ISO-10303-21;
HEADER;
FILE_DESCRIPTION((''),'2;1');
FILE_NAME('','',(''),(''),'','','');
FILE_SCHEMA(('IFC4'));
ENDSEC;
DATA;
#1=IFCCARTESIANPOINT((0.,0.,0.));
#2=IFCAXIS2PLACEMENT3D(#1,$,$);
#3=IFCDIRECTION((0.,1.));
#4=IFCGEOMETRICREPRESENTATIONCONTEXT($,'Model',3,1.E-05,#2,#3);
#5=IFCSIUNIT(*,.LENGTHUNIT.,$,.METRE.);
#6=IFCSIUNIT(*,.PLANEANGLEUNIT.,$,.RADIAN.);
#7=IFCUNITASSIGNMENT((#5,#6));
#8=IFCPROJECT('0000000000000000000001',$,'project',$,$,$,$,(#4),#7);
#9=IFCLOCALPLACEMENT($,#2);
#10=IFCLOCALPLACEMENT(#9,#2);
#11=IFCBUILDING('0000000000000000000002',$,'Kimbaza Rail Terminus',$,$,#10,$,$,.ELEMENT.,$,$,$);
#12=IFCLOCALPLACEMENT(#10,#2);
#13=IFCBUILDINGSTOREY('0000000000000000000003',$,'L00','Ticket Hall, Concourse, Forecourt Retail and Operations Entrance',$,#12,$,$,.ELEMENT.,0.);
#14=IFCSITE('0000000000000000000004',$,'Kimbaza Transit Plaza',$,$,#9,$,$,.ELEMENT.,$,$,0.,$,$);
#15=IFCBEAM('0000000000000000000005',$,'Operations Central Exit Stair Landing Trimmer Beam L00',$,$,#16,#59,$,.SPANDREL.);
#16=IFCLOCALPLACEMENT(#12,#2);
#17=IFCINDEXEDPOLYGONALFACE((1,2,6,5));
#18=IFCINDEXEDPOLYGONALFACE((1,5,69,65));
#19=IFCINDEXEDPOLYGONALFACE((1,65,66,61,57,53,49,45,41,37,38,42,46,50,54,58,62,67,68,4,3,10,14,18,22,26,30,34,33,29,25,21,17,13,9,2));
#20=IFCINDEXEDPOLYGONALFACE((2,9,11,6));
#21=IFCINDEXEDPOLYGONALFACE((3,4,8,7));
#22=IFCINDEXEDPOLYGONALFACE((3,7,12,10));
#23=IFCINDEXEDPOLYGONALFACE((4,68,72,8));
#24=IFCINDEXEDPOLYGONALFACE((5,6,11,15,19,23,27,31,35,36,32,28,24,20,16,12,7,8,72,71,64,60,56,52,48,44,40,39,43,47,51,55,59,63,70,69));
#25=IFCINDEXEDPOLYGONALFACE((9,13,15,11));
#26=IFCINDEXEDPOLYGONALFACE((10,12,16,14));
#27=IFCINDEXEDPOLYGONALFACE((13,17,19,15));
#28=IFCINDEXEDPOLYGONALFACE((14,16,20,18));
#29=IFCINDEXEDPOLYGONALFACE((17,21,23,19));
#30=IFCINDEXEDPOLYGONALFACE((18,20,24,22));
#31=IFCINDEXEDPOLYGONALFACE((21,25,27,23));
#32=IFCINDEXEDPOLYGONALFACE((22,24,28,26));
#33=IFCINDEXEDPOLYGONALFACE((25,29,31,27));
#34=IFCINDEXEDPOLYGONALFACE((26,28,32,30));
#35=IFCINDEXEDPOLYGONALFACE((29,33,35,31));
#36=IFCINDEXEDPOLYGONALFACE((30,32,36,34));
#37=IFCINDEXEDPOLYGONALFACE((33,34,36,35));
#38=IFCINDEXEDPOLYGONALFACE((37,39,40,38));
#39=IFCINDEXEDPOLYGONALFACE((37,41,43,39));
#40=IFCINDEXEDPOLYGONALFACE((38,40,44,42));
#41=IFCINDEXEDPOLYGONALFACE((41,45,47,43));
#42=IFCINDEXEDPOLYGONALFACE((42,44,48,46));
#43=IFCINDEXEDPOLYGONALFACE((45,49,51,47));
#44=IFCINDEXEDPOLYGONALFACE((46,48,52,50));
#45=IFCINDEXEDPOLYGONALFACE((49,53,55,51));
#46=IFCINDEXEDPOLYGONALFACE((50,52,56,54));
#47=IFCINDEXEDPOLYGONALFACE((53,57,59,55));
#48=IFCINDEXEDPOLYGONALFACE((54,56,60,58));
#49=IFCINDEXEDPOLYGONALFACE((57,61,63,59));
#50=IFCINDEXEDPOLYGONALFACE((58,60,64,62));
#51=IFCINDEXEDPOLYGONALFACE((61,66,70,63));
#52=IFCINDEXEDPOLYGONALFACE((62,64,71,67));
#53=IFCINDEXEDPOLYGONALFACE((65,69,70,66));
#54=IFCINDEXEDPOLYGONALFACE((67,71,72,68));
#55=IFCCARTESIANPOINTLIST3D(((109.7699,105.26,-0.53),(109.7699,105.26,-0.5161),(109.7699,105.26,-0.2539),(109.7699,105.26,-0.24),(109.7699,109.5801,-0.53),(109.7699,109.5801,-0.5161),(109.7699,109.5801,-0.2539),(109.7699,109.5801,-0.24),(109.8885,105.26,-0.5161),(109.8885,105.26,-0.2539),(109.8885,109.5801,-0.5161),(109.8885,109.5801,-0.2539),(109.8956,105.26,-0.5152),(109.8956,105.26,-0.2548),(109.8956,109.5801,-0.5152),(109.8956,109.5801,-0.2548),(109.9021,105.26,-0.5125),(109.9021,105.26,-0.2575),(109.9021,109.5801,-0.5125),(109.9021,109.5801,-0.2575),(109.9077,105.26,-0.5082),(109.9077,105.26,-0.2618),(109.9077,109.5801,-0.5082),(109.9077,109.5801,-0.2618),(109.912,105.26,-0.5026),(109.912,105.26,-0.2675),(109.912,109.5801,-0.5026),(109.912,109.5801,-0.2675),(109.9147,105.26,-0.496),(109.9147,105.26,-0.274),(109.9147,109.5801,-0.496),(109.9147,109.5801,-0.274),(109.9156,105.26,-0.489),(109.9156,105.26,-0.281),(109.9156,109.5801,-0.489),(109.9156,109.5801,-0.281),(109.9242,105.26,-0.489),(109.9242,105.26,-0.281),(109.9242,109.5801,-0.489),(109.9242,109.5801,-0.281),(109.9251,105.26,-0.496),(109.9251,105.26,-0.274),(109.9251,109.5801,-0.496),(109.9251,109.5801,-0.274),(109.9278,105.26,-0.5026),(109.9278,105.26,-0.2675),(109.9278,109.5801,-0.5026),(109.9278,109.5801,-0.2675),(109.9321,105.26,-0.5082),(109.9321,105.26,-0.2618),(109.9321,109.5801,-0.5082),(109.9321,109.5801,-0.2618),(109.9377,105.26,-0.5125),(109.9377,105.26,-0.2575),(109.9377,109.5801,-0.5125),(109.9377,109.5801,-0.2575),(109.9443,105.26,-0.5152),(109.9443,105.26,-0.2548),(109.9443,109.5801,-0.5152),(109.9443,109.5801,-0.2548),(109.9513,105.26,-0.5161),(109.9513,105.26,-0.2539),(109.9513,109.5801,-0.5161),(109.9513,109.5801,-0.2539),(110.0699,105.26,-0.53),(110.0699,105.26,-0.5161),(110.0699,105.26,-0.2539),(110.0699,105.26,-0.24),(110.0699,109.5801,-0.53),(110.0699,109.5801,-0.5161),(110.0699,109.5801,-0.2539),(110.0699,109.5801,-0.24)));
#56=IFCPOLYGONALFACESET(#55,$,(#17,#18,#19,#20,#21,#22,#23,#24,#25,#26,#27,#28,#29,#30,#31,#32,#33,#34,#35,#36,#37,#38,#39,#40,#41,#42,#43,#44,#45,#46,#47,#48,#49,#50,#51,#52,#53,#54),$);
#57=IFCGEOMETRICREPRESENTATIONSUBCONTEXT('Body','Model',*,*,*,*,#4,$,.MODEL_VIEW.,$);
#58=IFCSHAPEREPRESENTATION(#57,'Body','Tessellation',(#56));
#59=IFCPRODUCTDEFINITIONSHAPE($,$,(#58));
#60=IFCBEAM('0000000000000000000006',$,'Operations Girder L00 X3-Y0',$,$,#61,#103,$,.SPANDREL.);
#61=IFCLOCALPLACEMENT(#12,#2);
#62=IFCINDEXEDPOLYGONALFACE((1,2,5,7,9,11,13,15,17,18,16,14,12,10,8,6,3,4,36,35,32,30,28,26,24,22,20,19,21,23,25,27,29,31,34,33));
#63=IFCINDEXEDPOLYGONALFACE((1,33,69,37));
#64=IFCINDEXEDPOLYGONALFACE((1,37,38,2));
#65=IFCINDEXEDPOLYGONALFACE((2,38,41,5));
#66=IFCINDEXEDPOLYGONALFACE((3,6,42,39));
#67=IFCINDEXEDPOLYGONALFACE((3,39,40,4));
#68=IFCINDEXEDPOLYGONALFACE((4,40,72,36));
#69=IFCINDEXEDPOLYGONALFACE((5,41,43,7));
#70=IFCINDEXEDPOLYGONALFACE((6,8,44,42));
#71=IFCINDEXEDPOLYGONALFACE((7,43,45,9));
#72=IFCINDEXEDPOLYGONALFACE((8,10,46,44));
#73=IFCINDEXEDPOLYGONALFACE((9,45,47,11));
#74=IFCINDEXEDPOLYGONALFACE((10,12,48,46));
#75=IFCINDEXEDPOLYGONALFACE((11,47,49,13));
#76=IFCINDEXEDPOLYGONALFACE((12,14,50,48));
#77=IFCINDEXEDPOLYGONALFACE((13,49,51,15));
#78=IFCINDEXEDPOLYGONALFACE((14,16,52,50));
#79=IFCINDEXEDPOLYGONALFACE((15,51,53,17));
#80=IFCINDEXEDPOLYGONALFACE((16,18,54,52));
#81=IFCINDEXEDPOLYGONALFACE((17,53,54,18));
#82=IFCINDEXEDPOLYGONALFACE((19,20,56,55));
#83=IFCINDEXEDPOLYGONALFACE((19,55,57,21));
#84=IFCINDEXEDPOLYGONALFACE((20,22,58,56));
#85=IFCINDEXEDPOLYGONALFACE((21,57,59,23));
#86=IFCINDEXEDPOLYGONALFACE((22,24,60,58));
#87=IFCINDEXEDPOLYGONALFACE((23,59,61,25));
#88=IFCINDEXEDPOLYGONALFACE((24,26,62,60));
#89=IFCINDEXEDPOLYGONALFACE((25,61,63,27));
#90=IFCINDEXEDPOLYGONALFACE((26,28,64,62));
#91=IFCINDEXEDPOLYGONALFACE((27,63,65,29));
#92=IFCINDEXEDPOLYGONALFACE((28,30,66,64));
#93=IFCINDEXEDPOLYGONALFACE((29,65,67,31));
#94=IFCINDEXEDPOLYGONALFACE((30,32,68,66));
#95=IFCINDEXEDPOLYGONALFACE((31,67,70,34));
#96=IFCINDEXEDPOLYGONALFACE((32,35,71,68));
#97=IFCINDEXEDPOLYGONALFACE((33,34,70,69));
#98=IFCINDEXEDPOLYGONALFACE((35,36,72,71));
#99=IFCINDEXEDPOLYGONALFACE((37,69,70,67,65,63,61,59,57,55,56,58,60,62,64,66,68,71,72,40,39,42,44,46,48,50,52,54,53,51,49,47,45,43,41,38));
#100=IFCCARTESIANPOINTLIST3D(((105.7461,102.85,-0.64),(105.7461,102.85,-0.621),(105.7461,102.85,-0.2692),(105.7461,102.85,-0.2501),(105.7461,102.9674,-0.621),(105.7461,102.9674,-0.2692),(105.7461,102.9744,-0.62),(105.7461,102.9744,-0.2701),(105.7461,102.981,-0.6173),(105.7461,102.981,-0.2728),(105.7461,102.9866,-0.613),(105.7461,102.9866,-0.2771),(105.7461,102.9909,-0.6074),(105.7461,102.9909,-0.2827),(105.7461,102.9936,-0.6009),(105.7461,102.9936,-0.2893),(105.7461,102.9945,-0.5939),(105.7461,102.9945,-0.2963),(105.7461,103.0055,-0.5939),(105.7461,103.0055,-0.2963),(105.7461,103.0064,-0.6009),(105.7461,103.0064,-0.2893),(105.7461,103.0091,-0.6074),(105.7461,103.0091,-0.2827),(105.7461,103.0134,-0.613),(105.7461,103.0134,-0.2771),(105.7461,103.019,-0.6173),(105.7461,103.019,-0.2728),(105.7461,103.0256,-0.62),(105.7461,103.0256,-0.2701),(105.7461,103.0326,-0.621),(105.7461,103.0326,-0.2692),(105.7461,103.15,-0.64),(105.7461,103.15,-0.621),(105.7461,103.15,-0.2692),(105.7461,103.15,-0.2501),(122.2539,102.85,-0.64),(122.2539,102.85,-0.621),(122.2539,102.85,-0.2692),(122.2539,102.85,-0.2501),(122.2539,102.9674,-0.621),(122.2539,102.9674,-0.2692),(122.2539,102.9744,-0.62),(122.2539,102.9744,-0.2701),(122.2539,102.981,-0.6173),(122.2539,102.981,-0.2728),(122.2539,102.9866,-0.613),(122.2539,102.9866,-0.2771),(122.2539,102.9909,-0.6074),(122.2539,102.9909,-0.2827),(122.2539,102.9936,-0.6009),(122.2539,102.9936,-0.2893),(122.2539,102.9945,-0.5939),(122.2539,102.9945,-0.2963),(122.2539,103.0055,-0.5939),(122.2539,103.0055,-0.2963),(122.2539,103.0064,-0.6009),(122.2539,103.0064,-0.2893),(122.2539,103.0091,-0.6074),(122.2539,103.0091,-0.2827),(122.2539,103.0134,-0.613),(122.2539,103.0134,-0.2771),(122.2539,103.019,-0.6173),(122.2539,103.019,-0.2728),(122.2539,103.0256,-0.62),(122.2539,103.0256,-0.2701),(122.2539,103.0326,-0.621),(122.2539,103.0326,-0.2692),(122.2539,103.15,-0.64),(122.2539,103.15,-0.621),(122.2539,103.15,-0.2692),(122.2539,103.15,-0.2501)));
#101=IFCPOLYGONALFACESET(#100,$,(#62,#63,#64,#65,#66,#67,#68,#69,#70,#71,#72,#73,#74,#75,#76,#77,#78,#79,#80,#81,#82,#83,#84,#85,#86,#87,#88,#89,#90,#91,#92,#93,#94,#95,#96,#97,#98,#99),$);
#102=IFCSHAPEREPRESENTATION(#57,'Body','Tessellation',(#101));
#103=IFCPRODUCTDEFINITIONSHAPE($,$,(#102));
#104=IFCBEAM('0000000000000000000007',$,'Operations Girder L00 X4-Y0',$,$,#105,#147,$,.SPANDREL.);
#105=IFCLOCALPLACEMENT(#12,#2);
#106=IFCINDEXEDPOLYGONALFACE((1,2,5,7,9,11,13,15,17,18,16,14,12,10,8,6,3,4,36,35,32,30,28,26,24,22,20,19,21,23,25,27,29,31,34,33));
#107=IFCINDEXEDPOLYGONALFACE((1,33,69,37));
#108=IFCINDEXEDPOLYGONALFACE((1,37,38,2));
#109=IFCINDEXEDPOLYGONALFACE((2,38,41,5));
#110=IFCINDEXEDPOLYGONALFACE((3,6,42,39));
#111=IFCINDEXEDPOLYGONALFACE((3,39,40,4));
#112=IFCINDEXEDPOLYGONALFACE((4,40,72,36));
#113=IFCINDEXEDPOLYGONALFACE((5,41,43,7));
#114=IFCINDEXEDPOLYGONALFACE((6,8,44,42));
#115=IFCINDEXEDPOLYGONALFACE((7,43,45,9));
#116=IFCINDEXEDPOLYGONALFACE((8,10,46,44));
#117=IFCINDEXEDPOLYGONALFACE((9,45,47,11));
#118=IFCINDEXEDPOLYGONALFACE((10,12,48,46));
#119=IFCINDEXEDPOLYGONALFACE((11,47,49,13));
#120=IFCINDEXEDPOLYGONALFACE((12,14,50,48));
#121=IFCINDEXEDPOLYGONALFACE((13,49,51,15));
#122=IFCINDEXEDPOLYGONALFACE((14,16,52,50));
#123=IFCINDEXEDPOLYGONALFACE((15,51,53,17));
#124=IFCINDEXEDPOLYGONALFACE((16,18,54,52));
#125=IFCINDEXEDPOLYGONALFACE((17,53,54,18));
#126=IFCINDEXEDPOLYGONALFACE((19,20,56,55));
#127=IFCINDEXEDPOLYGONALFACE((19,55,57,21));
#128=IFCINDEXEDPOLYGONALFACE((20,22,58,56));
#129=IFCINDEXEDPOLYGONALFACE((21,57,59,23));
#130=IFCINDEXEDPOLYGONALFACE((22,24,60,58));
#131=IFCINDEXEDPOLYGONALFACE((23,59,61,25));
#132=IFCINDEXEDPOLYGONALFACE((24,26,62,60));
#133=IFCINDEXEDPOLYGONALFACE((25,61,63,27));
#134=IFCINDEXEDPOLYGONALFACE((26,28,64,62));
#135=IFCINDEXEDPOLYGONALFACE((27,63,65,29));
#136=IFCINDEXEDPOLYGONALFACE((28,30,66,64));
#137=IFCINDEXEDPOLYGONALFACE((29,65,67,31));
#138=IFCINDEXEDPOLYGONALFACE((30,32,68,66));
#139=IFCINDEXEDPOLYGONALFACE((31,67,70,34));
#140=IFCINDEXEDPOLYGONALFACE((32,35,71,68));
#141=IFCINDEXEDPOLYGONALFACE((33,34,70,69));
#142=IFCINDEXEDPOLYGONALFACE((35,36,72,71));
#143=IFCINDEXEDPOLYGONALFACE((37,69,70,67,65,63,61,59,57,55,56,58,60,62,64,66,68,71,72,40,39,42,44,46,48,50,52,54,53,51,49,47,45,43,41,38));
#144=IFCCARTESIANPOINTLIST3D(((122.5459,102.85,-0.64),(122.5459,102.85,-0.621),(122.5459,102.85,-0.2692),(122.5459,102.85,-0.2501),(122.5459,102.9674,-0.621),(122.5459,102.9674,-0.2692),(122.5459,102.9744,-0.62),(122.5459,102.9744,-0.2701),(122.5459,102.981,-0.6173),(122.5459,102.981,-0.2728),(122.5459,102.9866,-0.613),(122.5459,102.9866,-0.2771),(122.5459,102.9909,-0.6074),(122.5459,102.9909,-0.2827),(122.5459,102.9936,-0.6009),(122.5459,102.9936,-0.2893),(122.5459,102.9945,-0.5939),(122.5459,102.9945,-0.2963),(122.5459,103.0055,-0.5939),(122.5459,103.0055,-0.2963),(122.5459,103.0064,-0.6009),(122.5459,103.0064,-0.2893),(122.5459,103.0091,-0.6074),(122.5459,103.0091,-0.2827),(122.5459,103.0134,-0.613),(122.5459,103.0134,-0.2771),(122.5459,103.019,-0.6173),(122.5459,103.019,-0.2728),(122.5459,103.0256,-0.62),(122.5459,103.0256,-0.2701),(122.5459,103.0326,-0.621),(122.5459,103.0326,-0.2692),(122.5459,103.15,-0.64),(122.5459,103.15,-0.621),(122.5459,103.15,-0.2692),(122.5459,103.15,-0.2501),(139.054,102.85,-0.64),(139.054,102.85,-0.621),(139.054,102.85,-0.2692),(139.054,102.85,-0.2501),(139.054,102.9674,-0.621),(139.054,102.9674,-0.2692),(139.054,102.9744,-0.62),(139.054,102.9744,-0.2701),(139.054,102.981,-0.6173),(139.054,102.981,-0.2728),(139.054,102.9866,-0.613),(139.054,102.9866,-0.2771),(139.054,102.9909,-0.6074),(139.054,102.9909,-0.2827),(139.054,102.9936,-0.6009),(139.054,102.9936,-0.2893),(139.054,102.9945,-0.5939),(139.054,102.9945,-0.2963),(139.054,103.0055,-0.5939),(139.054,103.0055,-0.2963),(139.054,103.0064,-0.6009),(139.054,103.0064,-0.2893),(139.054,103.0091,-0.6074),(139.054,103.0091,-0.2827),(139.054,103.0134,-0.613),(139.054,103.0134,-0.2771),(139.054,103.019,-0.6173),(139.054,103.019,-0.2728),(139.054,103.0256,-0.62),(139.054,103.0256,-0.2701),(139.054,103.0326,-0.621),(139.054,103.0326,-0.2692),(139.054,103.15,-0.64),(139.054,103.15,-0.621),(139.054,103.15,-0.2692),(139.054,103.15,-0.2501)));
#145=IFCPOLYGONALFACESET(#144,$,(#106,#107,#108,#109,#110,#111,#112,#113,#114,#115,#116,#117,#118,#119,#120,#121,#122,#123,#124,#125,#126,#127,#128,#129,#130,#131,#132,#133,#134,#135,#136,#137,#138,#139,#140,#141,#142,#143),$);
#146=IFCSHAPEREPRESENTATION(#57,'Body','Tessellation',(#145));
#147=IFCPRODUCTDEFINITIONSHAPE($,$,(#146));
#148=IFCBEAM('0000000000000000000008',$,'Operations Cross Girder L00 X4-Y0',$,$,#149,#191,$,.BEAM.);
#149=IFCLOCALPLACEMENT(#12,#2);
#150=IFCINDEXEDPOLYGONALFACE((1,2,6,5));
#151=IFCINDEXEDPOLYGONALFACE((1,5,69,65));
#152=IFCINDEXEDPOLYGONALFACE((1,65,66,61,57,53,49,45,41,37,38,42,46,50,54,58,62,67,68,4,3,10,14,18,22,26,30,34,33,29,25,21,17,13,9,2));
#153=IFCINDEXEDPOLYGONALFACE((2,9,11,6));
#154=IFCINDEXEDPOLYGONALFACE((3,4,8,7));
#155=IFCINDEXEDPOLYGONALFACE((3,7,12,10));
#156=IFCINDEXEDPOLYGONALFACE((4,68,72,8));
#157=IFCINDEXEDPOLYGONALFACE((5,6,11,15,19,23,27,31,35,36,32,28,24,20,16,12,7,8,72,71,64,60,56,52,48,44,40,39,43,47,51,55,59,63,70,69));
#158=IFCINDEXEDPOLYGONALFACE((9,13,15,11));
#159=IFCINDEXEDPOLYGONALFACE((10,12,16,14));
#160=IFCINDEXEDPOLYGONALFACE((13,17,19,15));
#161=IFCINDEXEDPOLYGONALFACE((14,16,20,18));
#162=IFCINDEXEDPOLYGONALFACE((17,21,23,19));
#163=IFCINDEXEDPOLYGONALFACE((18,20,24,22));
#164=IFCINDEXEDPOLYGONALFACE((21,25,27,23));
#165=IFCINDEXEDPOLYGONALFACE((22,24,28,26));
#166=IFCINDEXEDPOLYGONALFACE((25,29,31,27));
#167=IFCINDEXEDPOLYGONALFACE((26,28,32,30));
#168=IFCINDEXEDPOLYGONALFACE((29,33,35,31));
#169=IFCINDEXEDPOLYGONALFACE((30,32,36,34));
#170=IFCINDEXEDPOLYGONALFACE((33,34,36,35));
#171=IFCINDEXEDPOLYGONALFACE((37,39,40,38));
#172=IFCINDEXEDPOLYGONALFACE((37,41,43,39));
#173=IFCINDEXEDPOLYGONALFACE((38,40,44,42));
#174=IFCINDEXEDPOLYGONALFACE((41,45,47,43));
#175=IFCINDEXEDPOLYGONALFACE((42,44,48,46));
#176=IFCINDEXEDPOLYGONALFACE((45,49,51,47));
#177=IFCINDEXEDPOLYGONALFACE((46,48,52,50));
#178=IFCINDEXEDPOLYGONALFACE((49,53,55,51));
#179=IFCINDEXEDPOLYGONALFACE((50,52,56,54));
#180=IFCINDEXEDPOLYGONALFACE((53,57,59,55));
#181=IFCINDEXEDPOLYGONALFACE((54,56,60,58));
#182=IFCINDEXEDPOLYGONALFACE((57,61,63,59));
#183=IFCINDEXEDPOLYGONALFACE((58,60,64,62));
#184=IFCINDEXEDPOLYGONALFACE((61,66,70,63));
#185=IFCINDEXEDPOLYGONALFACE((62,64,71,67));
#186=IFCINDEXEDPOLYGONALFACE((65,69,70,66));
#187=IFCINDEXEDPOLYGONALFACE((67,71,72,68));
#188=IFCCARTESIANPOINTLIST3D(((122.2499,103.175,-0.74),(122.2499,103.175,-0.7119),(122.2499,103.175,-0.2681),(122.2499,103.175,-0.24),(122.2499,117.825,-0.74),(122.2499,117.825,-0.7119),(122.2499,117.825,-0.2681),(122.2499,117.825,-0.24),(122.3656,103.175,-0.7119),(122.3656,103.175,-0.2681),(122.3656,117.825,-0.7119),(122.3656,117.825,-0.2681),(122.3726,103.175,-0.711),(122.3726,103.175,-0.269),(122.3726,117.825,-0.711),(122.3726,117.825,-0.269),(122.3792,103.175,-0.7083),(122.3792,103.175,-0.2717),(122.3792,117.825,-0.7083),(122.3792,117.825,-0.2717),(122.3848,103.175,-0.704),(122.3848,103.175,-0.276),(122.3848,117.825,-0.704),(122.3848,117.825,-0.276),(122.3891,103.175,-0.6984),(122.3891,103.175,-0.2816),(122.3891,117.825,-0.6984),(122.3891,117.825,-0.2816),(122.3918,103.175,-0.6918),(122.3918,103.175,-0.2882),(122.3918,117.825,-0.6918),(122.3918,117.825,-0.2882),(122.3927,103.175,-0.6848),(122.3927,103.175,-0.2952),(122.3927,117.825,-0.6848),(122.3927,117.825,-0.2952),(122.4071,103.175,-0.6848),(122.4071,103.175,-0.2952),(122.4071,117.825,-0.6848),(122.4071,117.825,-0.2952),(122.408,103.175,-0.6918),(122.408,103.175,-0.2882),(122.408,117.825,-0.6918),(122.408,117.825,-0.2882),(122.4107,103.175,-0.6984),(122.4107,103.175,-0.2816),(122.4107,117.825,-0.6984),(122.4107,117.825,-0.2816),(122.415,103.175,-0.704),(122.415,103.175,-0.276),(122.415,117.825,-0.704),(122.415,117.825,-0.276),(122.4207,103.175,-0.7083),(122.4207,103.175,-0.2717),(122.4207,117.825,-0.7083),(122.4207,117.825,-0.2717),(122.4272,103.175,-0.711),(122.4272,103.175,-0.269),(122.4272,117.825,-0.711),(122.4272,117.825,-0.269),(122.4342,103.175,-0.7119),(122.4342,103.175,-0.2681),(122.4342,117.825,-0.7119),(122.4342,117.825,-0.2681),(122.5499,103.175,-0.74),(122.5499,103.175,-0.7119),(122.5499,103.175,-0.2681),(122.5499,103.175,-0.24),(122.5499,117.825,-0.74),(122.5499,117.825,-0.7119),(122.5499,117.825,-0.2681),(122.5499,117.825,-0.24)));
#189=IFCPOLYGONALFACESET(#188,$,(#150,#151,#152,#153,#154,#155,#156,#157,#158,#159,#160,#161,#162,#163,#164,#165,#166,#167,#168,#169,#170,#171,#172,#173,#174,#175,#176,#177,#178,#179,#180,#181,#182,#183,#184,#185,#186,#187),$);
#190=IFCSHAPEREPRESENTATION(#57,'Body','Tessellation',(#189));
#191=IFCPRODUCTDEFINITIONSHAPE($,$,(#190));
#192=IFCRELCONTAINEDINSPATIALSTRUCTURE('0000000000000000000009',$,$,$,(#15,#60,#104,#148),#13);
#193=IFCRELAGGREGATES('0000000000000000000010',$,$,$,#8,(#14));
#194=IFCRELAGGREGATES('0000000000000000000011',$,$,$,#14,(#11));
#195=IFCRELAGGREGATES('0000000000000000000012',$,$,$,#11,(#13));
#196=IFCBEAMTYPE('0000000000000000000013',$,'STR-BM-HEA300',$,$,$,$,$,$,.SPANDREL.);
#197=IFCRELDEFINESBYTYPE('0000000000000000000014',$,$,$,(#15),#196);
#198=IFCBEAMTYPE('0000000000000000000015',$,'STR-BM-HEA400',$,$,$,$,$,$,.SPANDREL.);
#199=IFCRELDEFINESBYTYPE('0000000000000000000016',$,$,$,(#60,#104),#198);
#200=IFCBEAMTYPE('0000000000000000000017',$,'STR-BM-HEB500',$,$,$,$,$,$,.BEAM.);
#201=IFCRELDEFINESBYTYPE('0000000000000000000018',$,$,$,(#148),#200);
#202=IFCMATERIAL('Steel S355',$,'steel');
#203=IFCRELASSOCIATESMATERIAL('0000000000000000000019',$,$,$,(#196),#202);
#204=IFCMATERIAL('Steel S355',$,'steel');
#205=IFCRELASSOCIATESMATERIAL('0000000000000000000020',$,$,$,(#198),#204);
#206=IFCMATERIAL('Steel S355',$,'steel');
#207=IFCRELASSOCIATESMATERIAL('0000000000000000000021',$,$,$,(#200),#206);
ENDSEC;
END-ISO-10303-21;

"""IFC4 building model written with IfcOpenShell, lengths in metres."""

from ifc_helpers import new_model, si_unit, direction, frame, origin, origin_2d, place, context, subcontext, project, spatial, i_section, extrude, material, material_profile, profile_set, type_object, element, save


model = new_model("IFC4")

# Units and contexts
model_context = context("Model", 3, precision=1e-05, world=origin(), true_north=direction((0.0, 1.0)))
body_context = subcontext(model_context, "Body", "Model", "MODEL_VIEW")
ifc_project = project(units=[si_unit("LENGTHUNIT", "METRE"), si_unit("PLANEANGLEUNIT", "RADIAN")], contexts=[model_context])

# Site, building, storey
site_placement = place(None, origin())
site = spatial("IfcSite", under=ifc_project, at=site_placement, Name="Kimbaza Transit Plaza", CompositionType="ELEMENT", RefElevation=0.0)
building_placement = place(site_placement, origin())
building = spatial("IfcBuilding", under=site, at=building_placement, Name="Kimbaza Rail Terminus", CompositionType="ELEMENT")
storey_placement = place(building_placement, origin())
storey = spatial("IfcBuildingStorey", under=building, at=storey_placement, Name="L00", Description="Ticket Hall, Concourse, Forecourt Retail and Operations Entrance", CompositionType="ELEMENT", Elevation=0.0)

# Beams
ifc_material_1 = material(Name="Steel S355", Category="steel")
ifc_material_profile_1 = material_profile(ifc_material_1, i_section(OverallWidth=0.3, OverallDepth=0.29, WebThickness=0.0085, FlangeThickness=0.0139, FilletRadius=0.0271, at=origin_2d()), Name="HEA 300")
ifc_profile_set_1 = profile_set([ifc_material_profile_1], Name="Steel S355")
beam_type_1 = type_object("IfcBeamType", Name="STR-BM-HEA300", PredefinedType="SPANDREL", material=ifc_profile_set_1)
beam_1_placement = place(storey_placement, frame((109.9199, 105.26, -0.385), z_axis=(0.0, 1.0, 0.0), x_axis=(-1.0, 0.0, 0.0)))
element("IfcBeam", 1, at=beam_1_placement, inside=storey, type_object=beam_type_1, Name="Operations Central Exit Stair Landing Trimmer Beam L00", PredefinedType="SPANDREL", context=body_context, shape_type="SweptSolid", body=[
    extrude(i_section(OverallWidth=0.3, OverallDepth=0.29, WebThickness=0.0085, FlangeThickness=0.0139, FilletRadius=0.0271, at=origin_2d()), origin(), (0.0, 0.0, 1.0), 4.3201),
])
ifc_material_2 = material(Name="Steel S355", Category="steel")
ifc_material_profile_2 = material_profile(ifc_material_2, i_section(OverallWidth=0.3, OverallDepth=0.3899, WebThickness=0.011, FlangeThickness=0.019, FilletRadius=0.0271, at=origin_2d()), Name="HEA 400")
ifc_profile_set_2 = profile_set([ifc_material_profile_2], Name="Steel S355")
beam_type_2 = type_object("IfcBeamType", Name="STR-BM-HEA400", PredefinedType="SPANDREL", material=ifc_profile_set_2)
beam_2_placement = place(storey_placement, frame((105.7461, 103.0, -0.4451), z_axis=(1.0, 0.0, 0.0), x_axis=(0.0, 1.0, 0.0)))
element("IfcBeam", 2, at=beam_2_placement, inside=storey, type_object=beam_type_2, Name="Operations Girder L00 X3-Y0", PredefinedType="SPANDREL", context=body_context, shape_type="SweptSolid", body=[
    extrude(i_section(OverallWidth=0.3, OverallDepth=0.3899, WebThickness=0.011, FlangeThickness=0.019, FilletRadius=0.0271, at=origin_2d()), origin(), (0.0, 0.0, 1.0), 16.5078),
])
beam_3_placement = place(storey_placement, frame((122.5459, 103.0, -0.4451), z_axis=(1.0, 0.0, 0.0), x_axis=(0.0, 1.0, 0.0)))
element("IfcBeam", 3, at=beam_3_placement, inside=storey, type_object=beam_type_2, Name="Operations Girder L00 X4-Y0", PredefinedType="SPANDREL", context=body_context, shape_type="SweptSolid", body=[
    extrude(i_section(OverallWidth=0.3, OverallDepth=0.3899, WebThickness=0.011, FlangeThickness=0.019, FilletRadius=0.0271, at=origin_2d()), origin(), (0.0, 0.0, 1.0), 16.5081),
])
ifc_material_3 = material(Name="Steel S355", Category="steel")
ifc_material_profile_3 = material_profile(ifc_material_3, i_section(OverallWidth=0.3, OverallDepth=0.5, WebThickness=0.0144, FlangeThickness=0.0281, FilletRadius=0.0271, at=origin_2d()), Name="HEB 500")
ifc_profile_set_3 = profile_set([ifc_material_profile_3], Name="Steel S355")
beam_type_3 = type_object("IfcBeamType", Name="STR-BM-HEB500", PredefinedType="BEAM", material=ifc_profile_set_3)
beam_4_placement = place(storey_placement, frame((122.3999, 103.175, -0.49), z_axis=(0.0, 1.0, 0.0), x_axis=(-1.0, 0.0, 0.0)))
element("IfcBeam", 4, at=beam_4_placement, inside=storey, type_object=beam_type_3, Name="Operations Cross Girder L00 X4-Y0", PredefinedType="BEAM", context=body_context, shape_type="SweptSolid", body=[
    extrude(i_section(OverallWidth=0.3, OverallDepth=0.5, WebThickness=0.0144, FlangeThickness=0.0281, FilletRadius=0.0271, at=origin_2d()), origin(), (0.0, 0.0, 1.0), 14.6499),
])

save(model, "model.ifc")
